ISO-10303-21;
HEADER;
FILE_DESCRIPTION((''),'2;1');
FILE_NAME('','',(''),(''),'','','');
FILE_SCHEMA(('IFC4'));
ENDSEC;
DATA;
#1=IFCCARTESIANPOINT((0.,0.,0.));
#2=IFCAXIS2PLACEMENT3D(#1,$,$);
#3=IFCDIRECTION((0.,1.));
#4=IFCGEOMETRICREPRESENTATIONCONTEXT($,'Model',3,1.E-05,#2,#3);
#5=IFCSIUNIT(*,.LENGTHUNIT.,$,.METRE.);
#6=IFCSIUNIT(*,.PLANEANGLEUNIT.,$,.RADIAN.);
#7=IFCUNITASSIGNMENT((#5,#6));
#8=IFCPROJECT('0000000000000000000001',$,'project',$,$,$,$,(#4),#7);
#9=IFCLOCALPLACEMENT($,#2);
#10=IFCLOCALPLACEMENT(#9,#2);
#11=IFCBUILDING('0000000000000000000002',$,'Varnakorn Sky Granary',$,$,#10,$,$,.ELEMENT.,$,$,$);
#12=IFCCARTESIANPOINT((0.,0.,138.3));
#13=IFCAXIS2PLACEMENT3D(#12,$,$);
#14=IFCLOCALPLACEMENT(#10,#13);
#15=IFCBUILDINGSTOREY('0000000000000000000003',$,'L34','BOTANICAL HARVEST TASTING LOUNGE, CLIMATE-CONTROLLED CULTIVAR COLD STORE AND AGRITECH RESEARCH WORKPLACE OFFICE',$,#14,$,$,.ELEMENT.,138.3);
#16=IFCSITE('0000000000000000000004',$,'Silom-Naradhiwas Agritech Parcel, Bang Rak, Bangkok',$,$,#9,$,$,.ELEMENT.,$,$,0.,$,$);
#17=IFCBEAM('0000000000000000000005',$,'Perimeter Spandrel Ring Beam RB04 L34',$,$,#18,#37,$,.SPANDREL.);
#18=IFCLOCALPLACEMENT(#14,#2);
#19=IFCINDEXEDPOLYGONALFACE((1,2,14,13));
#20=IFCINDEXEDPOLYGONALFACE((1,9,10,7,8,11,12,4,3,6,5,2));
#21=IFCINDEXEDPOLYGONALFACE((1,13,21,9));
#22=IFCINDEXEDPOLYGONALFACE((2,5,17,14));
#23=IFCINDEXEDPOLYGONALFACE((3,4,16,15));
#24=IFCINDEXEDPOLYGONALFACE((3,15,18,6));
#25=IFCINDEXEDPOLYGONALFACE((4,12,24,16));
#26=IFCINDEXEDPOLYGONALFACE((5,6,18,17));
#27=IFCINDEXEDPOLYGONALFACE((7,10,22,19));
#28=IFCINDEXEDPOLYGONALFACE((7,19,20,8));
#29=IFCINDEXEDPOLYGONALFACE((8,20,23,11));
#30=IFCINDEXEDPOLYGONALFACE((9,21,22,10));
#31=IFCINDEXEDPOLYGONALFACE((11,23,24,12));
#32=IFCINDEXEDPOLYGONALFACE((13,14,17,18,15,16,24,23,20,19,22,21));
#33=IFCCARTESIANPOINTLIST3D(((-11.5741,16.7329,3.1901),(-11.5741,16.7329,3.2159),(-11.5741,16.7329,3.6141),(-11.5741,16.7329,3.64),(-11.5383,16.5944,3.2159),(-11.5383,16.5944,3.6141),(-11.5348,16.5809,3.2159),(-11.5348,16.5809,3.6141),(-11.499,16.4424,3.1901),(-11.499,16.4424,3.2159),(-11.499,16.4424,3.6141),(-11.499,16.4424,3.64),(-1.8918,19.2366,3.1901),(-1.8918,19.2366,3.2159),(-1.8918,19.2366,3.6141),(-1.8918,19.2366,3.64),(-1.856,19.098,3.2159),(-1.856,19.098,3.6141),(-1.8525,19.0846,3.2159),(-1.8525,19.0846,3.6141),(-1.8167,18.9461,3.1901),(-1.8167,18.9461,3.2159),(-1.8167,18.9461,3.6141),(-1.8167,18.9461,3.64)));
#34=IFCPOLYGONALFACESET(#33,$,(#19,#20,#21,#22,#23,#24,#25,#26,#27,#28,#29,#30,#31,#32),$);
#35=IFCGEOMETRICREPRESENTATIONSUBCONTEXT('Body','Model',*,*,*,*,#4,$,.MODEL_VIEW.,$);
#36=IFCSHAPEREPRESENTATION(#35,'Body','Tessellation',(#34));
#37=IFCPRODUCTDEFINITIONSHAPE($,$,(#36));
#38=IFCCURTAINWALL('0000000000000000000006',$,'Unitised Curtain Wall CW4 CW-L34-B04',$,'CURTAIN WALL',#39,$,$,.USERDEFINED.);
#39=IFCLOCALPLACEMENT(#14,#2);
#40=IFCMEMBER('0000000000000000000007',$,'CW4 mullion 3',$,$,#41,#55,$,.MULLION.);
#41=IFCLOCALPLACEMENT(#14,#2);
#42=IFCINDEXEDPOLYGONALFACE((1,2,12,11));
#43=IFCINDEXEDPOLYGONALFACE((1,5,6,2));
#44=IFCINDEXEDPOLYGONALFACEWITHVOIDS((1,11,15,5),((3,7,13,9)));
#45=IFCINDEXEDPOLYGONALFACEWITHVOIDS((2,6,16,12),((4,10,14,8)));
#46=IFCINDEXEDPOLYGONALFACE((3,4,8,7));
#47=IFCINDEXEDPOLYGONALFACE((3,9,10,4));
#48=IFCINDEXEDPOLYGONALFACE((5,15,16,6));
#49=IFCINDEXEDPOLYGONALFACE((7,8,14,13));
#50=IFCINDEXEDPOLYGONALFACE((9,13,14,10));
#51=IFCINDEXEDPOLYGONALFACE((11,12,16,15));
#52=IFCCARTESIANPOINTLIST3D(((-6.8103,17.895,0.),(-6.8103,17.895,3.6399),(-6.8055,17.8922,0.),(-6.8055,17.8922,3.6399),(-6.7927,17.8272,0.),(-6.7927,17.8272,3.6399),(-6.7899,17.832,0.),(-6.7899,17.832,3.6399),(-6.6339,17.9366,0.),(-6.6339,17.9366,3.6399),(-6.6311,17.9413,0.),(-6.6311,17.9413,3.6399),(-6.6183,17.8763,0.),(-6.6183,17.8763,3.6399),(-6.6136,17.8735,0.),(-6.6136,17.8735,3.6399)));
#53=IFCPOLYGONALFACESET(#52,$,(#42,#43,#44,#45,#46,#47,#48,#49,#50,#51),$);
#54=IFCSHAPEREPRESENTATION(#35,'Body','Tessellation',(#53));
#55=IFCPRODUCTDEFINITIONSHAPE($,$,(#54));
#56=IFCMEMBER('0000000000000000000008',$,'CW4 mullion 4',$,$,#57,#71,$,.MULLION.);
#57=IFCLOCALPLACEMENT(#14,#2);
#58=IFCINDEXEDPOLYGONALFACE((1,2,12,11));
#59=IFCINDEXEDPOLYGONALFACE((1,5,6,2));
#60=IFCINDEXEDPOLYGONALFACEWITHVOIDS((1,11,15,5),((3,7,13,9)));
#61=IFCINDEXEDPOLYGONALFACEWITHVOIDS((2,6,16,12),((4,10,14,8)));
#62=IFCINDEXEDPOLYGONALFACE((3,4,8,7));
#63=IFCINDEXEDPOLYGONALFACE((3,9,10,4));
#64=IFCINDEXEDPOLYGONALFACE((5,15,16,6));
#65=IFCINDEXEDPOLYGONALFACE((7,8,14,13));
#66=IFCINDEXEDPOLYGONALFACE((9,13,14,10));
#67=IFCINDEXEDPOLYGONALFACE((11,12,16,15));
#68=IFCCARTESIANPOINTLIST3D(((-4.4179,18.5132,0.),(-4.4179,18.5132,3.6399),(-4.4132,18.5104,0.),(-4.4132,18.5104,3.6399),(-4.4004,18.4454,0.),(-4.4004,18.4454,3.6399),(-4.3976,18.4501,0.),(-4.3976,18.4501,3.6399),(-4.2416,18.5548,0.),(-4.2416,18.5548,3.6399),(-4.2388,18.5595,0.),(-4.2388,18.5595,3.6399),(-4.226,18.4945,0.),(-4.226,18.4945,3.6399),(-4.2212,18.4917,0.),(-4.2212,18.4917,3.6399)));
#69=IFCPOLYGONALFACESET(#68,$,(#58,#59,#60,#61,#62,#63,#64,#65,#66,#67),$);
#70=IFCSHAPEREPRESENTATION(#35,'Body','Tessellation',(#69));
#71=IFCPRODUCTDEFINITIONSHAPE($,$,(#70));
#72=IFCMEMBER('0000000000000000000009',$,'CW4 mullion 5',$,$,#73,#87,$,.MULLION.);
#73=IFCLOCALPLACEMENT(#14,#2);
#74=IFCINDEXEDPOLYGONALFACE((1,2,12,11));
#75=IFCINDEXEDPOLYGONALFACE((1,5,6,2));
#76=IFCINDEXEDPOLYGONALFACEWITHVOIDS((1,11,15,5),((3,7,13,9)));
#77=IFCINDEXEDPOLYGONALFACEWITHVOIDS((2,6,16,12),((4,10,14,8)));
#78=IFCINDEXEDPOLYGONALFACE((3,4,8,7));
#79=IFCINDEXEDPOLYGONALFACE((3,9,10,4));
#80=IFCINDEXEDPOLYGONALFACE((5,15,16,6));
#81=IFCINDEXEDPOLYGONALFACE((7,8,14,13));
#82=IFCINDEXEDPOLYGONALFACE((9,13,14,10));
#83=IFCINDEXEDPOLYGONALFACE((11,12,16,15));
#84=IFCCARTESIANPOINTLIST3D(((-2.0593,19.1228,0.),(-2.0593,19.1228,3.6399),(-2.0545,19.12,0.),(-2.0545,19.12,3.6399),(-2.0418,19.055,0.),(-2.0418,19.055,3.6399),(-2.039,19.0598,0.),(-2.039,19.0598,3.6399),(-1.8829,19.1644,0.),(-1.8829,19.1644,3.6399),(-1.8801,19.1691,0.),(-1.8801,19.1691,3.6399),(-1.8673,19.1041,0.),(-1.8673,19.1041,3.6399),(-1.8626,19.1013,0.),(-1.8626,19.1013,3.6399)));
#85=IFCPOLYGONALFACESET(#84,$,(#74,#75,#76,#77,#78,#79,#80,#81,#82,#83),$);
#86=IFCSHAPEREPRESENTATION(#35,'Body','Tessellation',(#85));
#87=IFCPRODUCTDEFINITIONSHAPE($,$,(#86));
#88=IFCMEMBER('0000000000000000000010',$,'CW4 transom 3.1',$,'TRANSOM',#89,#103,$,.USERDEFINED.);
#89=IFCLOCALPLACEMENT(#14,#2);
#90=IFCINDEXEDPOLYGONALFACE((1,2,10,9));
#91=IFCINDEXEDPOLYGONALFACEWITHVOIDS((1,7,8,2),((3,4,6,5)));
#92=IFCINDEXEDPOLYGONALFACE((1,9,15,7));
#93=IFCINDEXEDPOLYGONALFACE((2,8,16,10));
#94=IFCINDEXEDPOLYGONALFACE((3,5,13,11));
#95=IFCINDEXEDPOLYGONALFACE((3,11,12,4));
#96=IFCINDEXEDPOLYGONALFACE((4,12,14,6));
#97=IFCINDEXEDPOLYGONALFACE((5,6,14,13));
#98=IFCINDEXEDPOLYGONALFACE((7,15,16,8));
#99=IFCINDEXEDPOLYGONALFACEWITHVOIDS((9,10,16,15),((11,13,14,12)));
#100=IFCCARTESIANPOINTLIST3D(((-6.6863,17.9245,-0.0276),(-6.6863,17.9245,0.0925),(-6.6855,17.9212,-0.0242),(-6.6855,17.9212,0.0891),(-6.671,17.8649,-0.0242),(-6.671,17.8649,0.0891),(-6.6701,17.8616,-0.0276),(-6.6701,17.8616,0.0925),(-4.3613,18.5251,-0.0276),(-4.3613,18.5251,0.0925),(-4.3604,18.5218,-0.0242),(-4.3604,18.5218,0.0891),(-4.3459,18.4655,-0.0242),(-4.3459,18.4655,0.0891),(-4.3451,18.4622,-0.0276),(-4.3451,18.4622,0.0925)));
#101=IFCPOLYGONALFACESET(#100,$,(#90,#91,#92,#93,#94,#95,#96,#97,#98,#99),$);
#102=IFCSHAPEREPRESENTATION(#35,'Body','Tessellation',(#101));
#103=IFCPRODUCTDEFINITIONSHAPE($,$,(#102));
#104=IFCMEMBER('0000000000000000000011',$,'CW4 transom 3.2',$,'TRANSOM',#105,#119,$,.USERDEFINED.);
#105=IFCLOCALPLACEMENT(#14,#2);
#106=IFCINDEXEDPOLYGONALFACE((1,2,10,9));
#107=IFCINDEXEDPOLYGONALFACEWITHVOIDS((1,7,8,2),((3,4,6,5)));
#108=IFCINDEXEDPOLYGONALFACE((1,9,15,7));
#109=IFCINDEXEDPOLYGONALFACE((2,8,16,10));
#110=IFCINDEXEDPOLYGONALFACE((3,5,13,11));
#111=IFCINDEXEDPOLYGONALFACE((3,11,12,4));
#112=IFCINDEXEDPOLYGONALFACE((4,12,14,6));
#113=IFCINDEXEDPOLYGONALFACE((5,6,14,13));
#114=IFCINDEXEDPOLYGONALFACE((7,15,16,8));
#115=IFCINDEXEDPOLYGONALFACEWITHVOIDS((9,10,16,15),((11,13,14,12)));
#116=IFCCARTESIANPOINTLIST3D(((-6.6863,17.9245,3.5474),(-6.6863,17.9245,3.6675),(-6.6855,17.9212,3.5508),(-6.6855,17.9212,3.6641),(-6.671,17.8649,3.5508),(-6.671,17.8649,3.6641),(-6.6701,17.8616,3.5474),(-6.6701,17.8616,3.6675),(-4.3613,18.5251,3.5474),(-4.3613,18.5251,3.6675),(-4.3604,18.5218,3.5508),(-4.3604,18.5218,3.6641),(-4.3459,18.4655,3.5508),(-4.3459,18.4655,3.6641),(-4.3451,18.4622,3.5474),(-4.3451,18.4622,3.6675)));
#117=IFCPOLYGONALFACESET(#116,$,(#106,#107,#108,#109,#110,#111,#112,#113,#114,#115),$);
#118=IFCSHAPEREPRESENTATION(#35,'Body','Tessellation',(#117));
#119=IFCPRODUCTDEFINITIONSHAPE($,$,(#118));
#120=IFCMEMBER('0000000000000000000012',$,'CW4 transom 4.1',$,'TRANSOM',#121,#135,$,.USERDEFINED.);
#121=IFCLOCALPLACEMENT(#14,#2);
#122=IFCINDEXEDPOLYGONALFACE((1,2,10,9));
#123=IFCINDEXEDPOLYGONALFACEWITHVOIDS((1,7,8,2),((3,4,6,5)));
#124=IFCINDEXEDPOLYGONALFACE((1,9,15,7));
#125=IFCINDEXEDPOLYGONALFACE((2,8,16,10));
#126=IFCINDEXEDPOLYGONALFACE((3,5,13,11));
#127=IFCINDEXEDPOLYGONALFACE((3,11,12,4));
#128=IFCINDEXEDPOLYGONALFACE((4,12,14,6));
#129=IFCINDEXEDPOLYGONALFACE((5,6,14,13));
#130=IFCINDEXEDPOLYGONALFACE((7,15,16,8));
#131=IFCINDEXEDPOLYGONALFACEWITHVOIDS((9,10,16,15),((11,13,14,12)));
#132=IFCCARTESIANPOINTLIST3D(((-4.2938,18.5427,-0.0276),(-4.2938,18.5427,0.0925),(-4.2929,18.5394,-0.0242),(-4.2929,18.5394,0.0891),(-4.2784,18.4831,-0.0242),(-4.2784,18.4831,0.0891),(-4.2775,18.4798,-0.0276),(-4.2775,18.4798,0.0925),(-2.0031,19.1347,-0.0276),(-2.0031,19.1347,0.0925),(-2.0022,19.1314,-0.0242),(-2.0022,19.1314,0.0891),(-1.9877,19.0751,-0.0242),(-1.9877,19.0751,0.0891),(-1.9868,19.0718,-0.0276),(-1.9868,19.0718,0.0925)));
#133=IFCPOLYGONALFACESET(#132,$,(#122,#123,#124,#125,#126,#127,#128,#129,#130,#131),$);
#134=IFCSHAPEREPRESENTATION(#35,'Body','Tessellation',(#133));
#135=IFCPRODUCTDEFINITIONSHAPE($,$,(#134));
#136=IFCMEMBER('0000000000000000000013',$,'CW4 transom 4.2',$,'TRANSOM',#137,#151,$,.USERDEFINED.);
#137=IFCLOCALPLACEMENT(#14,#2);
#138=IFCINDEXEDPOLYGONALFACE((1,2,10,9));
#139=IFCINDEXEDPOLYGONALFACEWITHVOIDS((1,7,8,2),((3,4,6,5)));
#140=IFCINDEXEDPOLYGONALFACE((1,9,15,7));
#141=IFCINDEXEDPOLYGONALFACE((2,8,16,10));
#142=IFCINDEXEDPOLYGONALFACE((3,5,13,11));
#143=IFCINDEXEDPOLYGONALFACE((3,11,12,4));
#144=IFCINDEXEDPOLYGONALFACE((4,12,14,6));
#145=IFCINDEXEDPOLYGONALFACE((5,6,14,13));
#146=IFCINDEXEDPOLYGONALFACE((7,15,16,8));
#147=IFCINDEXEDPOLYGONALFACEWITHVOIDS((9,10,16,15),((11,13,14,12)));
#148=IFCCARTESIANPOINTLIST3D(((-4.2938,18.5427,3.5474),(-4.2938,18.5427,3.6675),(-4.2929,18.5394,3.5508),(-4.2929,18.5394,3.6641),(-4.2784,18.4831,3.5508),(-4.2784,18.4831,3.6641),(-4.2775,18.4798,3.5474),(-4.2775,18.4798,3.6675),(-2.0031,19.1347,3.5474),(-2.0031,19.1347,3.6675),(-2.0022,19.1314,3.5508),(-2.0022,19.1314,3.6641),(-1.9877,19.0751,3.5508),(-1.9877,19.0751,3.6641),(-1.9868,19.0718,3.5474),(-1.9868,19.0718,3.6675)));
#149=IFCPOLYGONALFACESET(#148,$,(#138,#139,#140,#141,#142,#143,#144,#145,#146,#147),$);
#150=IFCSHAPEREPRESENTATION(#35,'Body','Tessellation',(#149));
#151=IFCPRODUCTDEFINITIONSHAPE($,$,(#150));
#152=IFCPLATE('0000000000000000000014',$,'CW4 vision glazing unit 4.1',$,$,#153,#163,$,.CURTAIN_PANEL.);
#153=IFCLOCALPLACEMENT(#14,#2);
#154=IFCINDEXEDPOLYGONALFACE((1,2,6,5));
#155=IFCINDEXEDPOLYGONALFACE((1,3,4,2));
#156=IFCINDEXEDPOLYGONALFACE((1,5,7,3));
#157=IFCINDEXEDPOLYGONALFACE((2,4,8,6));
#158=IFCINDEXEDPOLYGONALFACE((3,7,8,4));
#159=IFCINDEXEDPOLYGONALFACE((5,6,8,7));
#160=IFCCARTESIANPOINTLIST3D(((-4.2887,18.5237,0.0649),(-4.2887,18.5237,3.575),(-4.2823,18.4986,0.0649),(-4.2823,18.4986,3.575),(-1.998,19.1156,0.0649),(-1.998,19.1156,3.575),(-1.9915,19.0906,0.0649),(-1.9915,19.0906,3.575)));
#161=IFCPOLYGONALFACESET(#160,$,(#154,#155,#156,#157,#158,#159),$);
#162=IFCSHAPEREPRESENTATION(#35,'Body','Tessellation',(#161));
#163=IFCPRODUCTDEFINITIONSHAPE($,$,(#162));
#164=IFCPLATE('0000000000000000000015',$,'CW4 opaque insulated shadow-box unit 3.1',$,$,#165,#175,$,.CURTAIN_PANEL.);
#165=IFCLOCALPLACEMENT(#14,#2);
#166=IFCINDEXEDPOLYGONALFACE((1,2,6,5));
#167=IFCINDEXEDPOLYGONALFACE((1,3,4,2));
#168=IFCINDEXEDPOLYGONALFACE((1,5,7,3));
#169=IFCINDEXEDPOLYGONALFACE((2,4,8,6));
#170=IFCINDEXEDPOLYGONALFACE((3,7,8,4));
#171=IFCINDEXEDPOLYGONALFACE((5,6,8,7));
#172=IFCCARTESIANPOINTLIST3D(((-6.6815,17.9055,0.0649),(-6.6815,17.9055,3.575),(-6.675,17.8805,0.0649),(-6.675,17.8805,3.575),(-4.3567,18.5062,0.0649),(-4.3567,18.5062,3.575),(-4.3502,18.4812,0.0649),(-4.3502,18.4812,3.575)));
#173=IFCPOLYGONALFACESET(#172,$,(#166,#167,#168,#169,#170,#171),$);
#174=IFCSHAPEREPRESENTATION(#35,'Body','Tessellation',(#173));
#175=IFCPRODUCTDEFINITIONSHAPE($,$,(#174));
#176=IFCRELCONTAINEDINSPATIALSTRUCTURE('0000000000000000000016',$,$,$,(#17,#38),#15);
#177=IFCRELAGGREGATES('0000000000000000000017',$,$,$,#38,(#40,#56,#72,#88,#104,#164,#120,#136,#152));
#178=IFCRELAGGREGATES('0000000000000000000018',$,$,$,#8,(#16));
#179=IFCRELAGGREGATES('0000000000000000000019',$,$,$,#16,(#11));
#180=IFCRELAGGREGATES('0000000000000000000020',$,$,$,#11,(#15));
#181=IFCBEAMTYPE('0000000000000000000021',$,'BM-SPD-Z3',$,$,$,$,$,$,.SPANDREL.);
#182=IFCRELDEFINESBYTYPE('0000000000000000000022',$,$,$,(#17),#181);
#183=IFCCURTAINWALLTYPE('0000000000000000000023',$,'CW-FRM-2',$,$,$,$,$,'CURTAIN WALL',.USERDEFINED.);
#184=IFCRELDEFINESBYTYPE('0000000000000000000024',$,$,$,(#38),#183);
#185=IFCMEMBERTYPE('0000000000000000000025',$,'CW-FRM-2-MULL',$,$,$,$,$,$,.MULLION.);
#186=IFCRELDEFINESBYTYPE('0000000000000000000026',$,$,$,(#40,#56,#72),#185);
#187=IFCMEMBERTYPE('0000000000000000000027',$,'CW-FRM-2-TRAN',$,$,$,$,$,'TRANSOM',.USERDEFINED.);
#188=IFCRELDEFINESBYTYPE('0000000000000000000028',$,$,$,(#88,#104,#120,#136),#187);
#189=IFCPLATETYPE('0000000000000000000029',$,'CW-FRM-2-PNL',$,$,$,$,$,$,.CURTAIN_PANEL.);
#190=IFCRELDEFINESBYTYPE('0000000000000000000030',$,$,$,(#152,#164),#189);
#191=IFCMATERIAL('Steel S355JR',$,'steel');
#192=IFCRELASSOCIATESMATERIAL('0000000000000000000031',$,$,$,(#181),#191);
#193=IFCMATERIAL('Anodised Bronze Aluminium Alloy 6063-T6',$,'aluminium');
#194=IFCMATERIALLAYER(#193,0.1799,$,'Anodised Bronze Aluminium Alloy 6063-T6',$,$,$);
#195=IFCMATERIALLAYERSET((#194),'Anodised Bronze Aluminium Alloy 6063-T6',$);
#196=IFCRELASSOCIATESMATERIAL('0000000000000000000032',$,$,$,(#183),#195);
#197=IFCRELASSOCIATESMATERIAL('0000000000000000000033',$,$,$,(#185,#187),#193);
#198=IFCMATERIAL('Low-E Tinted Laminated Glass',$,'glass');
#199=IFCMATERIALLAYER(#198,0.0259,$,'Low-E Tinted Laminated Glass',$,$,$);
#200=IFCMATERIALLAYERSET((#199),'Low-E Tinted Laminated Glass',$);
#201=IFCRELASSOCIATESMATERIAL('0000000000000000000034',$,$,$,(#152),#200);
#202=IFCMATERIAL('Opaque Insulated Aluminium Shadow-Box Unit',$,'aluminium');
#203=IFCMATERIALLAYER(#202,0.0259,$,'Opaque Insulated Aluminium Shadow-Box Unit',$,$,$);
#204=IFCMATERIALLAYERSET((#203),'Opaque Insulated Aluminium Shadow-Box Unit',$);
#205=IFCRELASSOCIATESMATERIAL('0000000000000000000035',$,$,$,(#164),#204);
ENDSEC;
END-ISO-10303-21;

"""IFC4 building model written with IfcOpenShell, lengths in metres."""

from ifc_helpers import new_model, si_unit, direction, frame, origin, origin_2d, place, context, subcontext, project, spatial, rectangle, hollow_rectangle, i_section, extrude, source, transform, mapped, material, layer, layer_set, material_profile, profile_set, type_object, type_shapes, element, aggregate, save


model = new_model("IFC4")

# Units and contexts
model_context = context("Model", 3, precision=1e-05, world=origin(), true_north=direction((0.0, 1.0)))
body_context = subcontext(model_context, "Body", "Model", "MODEL_VIEW")
ifc_project = project(units=[si_unit("LENGTHUNIT", "METRE"), si_unit("PLANEANGLEUNIT", "RADIAN")], contexts=[model_context])

# Site, building, storey
site_placement = place(None, origin())
site = spatial("IfcSite", under=ifc_project, at=site_placement, Name="Silom-Naradhiwas Agritech Parcel, Bang Rak, Bangkok", CompositionType="ELEMENT", RefElevation=0.0)
building_placement = place(site_placement, origin())
building = spatial("IfcBuilding", under=site, at=building_placement, Name="Varnakorn Sky Granary", CompositionType="ELEMENT")
storey_placement = place(building_placement, frame((0.0, 0.0, 138.3)))
storey = spatial("IfcBuildingStorey", under=building, at=storey_placement, Name="L34", Description="BOTANICAL HARVEST TASTING LOUNGE, CLIMATE-CONTROLLED CULTIVAR COLD STORE AND AGRITECH RESEARCH WORKPLACE OFFICE", CompositionType="ELEMENT", Elevation=138.3)

# Beam
ifc_material_1 = material(Name="Steel S355JR", Category="steel")
ifc_material_profile_1 = material_profile(ifc_material_1, i_section(OverallWidth=0.3, OverallDepth=0.45, WebThickness=0.0139, FlangeThickness=0.0259, at=origin_2d()), Name="HE 450 B")
ifc_profile_set_1 = profile_set([ifc_material_profile_1], Name="Steel S355JR")
beam_type_1 = type_object("IfcBeamType", Name="BM-SPD-Z3", PredefinedType="SPANDREL", material=ifc_profile_set_1)
beam_1_placement = place(storey_placement, frame((-1.8542, 19.0913, 3.415), z_axis=(-0.968157, -0.250345, 0.0), x_axis=(0.250345, -0.968157, 0.0)))
element("IfcBeam", 1, at=beam_1_placement, inside=storey, type_object=beam_type_1, Name="Perimeter Spandrel Ring Beam RB04 L34", PredefinedType="SPANDREL", context=body_context, shape_type="SweptSolid", body=[
    extrude(i_section(OverallWidth=0.3, OverallDepth=0.45, WebThickness=0.0139, FlangeThickness=0.0259, at=origin_2d()), origin(), (0.0, 0.0, 1.0), 10.0007),
])

# Curtain wall, members, plates
ifc_material_2 = material(Name="Anodised Bronze Aluminium Alloy 6063-T6", Category="aluminium")
ifc_layer_1 = layer(ifc_material_2, 0.1799, Name="Anodised Bronze Aluminium Alloy 6063-T6")
ifc_layer_set_1 = layer_set([ifc_layer_1], Name="Anodised Bronze Aluminium Alloy 6063-T6")
curtain_wall_type = type_object("IfcCurtainWallType", Name="CW-FRM-2", ElementType="CURTAIN WALL", PredefinedType="USERDEFINED", material=ifc_layer_set_1)
curtain_wall_placement = place(storey_placement, origin())
curtain_wall = element("IfcCurtainWall", 2, at=curtain_wall_placement, inside=storey, type_object=curtain_wall_type, Name="Unitised Curtain Wall CW4 CW-L34-B04", ObjectType="CURTAIN WALL", PredefinedType="USERDEFINED")
ifc_material_profile_2 = material_profile(ifc_material_2, hollow_rectangle(XDim=0.0701, YDim=0.1851, WallThickness=0.0039, at=origin_2d()), Name="ALU MULL 70x185")
ifc_profile_set_2 = profile_set([ifc_material_profile_2], Name="Anodised Bronze Aluminium Alloy 6063-T6")
member_type_1 = type_object("IfcMemberType", Name="CW-FRM-2-MULL", PredefinedType="MULLION", material=ifc_profile_set_2)
member_1_placement = place(storey_placement, frame((-6.7119, 17.8843, 0.0), z_axis=(0.0, 0.0, 1.0), x_axis=(-0.250174, 0.968201, 0.0)))
member_1 = element("IfcMember", 3, at=member_1_placement, type_object=member_type_1, Name="CW4 mullion 3", PredefinedType="MULLION", context=body_context, shape_type="SweptSolid", body=[
    extrude(hollow_rectangle(XDim=0.0701, YDim=0.1851, WallThickness=0.0039, at=origin_2d()), origin(), (0.0, 0.0, 1.0), 3.6399),
])
member_2_placement = place(storey_placement, frame((-4.3196, 18.5024, 0.0), z_axis=(0.0, 0.0, 1.0), x_axis=(-0.250174, 0.968201, 0.0)))
member_2 = element("IfcMember", 4, at=member_2_placement, type_object=member_type_1, Name="CW4 mullion 4", PredefinedType="MULLION", context=body_context, shape_type="SweptSolid", body=[
    extrude(hollow_rectangle(XDim=0.0701, YDim=0.1851, WallThickness=0.0039, at=origin_2d()), origin(), (0.0, 0.0, 1.0), 3.6399),
])
member_3_placement = place(storey_placement, frame((-1.9609, 19.1121, 0.0), z_axis=(0.0, 0.0, 1.0), x_axis=(-0.250174, 0.968201, 0.0)))
member_3 = element("IfcMember", 5, at=member_3_placement, type_object=member_type_1, Name="CW4 mullion 5", PredefinedType="MULLION", context=body_context, shape_type="SweptSolid", body=[
    extrude(hollow_rectangle(XDim=0.0701, YDim=0.1851, WallThickness=0.0039, at=origin_2d()), origin(), (0.0, 0.0, 1.0), 3.6399),
])
ifc_material_profile_3 = material_profile(ifc_material_2, hollow_rectangle(XDim=0.0649, YDim=0.1201, WallThickness=0.0034, at=origin_2d()), Name="ALU TRAN 65x120")
ifc_profile_set_3 = profile_set([ifc_material_profile_3], Name="Anodised Bronze Aluminium Alloy 6063-T6")
member_type_2 = type_object("IfcMemberType", Name="CW-FRM-2-TRAN", ElementType="TRANSOM", PredefinedType="USERDEFINED", material=ifc_profile_set_3)
member_4_placement = place(storey_placement, frame((-6.6782, 17.8931, 0.0325), z_axis=(0.968217, 0.250112, 0.0), x_axis=(-0.250112, 0.968217, 0.0)))
member_4 = element("IfcMember", 6, at=member_4_placement, type_object=member_type_2, Name="CW4 transom 3.1", ObjectType="TRANSOM", PredefinedType="USERDEFINED", context=body_context, shape_type="SweptSolid", body=[
    extrude(hollow_rectangle(XDim=0.0649, YDim=0.1201, WallThickness=0.0034, at=origin_2d()), origin(), (0.0, 0.0, 1.0), 2.4014),
])
member_5_placement = place(storey_placement, frame((-6.6782, 17.8931, 3.6074), z_axis=(0.968217, 0.250112, 0.0), x_axis=(-0.250112, 0.968217, 0.0)))
member_5 = element("IfcMember", 7, at=member_5_placement, type_object=member_type_2, Name="CW4 transom 3.2", ObjectType="TRANSOM", PredefinedType="USERDEFINED", context=body_context, shape_type="SweptSolid", body=[
    extrude(hollow_rectangle(XDim=0.0649, YDim=0.1201, WallThickness=0.0034, at=origin_2d()), origin(), (0.0, 0.0, 1.0), 2.4014),
])
member_6_placement = place(storey_placement, frame((-4.2856, 18.5112, 0.0325), z_axis=(0.968188, 0.250224, 0.0), x_axis=(-0.250224, 0.968188, 0.0)))
member_6 = element("IfcMember", 8, at=member_6_placement, type_object=member_type_2, Name="CW4 transom 4.1", ObjectType="TRANSOM", PredefinedType="USERDEFINED", context=body_context, shape_type="SweptSolid", body=[
    extrude(hollow_rectangle(XDim=0.0649, YDim=0.1201, WallThickness=0.0034, at=origin_2d()), origin(), (0.0, 0.0, 1.0), 2.366),
])
member_7_placement = place(storey_placement, frame((-4.2856, 18.5112, 3.6074), z_axis=(0.968188, 0.250224, 0.0), x_axis=(-0.250224, 0.968188, 0.0)))
member_7 = element("IfcMember", 9, at=member_7_placement, type_object=member_type_2, Name="CW4 transom 4.2", ObjectType="TRANSOM", PredefinedType="USERDEFINED", context=body_context, shape_type="SweptSolid", body=[
    extrude(hollow_rectangle(XDim=0.0649, YDim=0.1201, WallThickness=0.0034, at=origin_2d()), origin(), (0.0, 0.0, 1.0), 2.366),
])
ifc_material_3 = material(Name="Low-E Tinted Laminated Glass", Category="glass")
ifc_layer_2 = layer(ifc_material_3, 0.0259, Name="Low-E Tinted Laminated Glass")
ifc_layer_set_2 = layer_set([ifc_layer_2], Name="Low-E Tinted Laminated Glass")
plate_type = type_object("IfcPlateType", Name="CW-FRM-2-PNL", PredefinedType="CURTAIN_PANEL")
shared_shape_1 = source(origin(), body_context, "Body", "SweptSolid", [
    extrude(rectangle(XDim=2.366, YDim=0.0259, at=origin_2d()), origin(), (0.0, 0.0, 1.0), 3.51),
])
plate_1_placement = place(storey_placement, frame((-3.1401, 18.8071, 0.0649), z_axis=(0.0, 0.0, 1.0), x_axis=(0.968201, 0.250174, 0.0)))
plate_1 = element("IfcPlate", 10, at=plate_1_placement, type_object=plate_type, material=ifc_layer_set_2, Name="CW4 vision glazing unit 4.1", PredefinedType="CURTAIN_PANEL", context=body_context, shape_type="MappedRepresentation", body=[
    mapped(shared_shape_1, transform((0.0, 0.0, 0.0), x_axis=(1.0, 0.0, 0.0), y_axis=(0.0, 1.0, 0.0), z_axis=(0.0, 0.0, 1.0), scale=1.0)),
])
ifc_material_4 = material(Name="Opaque Insulated Aluminium Shadow-Box Unit", Category="aluminium")
ifc_layer_3 = layer(ifc_material_4, 0.0259, Name="Opaque Insulated Aluminium Shadow-Box Unit")
ifc_layer_set_3 = layer_set([ifc_layer_3], Name="Opaque Insulated Aluminium Shadow-Box Unit")
shared_shape_2 = source(origin(), body_context, "Body", "SweptSolid", [
    extrude(rectangle(XDim=2.4011, YDim=0.0259, at=origin_2d()), origin(), (0.0, 0.0, 1.0), 3.51),
])
type_shapes(plate_type, [shared_shape_1, shared_shape_2])
plate_2_placement = place(storey_placement, frame((-5.5159, 18.1934, 0.0649), z_axis=(0.0, 0.0, 1.0), x_axis=(0.968201, 0.250174, 0.0)))
plate_2 = element("IfcPlate", 11, at=plate_2_placement, type_object=plate_type, material=ifc_layer_set_3, Name="CW4 opaque insulated shadow-box unit 3.1", PredefinedType="CURTAIN_PANEL", context=body_context, shape_type="MappedRepresentation", body=[
    mapped(shared_shape_2, transform((0.0, 0.0, 0.0), x_axis=(1.0, 0.0, 0.0), y_axis=(0.0, 1.0, 0.0), z_axis=(0.0, 0.0, 1.0), scale=1.0)),
])
aggregate(curtain_wall, [member_1, member_2, member_3, member_4, member_5, plate_2, member_6, member_7, plate_1])

save(model, "model.ifc")
